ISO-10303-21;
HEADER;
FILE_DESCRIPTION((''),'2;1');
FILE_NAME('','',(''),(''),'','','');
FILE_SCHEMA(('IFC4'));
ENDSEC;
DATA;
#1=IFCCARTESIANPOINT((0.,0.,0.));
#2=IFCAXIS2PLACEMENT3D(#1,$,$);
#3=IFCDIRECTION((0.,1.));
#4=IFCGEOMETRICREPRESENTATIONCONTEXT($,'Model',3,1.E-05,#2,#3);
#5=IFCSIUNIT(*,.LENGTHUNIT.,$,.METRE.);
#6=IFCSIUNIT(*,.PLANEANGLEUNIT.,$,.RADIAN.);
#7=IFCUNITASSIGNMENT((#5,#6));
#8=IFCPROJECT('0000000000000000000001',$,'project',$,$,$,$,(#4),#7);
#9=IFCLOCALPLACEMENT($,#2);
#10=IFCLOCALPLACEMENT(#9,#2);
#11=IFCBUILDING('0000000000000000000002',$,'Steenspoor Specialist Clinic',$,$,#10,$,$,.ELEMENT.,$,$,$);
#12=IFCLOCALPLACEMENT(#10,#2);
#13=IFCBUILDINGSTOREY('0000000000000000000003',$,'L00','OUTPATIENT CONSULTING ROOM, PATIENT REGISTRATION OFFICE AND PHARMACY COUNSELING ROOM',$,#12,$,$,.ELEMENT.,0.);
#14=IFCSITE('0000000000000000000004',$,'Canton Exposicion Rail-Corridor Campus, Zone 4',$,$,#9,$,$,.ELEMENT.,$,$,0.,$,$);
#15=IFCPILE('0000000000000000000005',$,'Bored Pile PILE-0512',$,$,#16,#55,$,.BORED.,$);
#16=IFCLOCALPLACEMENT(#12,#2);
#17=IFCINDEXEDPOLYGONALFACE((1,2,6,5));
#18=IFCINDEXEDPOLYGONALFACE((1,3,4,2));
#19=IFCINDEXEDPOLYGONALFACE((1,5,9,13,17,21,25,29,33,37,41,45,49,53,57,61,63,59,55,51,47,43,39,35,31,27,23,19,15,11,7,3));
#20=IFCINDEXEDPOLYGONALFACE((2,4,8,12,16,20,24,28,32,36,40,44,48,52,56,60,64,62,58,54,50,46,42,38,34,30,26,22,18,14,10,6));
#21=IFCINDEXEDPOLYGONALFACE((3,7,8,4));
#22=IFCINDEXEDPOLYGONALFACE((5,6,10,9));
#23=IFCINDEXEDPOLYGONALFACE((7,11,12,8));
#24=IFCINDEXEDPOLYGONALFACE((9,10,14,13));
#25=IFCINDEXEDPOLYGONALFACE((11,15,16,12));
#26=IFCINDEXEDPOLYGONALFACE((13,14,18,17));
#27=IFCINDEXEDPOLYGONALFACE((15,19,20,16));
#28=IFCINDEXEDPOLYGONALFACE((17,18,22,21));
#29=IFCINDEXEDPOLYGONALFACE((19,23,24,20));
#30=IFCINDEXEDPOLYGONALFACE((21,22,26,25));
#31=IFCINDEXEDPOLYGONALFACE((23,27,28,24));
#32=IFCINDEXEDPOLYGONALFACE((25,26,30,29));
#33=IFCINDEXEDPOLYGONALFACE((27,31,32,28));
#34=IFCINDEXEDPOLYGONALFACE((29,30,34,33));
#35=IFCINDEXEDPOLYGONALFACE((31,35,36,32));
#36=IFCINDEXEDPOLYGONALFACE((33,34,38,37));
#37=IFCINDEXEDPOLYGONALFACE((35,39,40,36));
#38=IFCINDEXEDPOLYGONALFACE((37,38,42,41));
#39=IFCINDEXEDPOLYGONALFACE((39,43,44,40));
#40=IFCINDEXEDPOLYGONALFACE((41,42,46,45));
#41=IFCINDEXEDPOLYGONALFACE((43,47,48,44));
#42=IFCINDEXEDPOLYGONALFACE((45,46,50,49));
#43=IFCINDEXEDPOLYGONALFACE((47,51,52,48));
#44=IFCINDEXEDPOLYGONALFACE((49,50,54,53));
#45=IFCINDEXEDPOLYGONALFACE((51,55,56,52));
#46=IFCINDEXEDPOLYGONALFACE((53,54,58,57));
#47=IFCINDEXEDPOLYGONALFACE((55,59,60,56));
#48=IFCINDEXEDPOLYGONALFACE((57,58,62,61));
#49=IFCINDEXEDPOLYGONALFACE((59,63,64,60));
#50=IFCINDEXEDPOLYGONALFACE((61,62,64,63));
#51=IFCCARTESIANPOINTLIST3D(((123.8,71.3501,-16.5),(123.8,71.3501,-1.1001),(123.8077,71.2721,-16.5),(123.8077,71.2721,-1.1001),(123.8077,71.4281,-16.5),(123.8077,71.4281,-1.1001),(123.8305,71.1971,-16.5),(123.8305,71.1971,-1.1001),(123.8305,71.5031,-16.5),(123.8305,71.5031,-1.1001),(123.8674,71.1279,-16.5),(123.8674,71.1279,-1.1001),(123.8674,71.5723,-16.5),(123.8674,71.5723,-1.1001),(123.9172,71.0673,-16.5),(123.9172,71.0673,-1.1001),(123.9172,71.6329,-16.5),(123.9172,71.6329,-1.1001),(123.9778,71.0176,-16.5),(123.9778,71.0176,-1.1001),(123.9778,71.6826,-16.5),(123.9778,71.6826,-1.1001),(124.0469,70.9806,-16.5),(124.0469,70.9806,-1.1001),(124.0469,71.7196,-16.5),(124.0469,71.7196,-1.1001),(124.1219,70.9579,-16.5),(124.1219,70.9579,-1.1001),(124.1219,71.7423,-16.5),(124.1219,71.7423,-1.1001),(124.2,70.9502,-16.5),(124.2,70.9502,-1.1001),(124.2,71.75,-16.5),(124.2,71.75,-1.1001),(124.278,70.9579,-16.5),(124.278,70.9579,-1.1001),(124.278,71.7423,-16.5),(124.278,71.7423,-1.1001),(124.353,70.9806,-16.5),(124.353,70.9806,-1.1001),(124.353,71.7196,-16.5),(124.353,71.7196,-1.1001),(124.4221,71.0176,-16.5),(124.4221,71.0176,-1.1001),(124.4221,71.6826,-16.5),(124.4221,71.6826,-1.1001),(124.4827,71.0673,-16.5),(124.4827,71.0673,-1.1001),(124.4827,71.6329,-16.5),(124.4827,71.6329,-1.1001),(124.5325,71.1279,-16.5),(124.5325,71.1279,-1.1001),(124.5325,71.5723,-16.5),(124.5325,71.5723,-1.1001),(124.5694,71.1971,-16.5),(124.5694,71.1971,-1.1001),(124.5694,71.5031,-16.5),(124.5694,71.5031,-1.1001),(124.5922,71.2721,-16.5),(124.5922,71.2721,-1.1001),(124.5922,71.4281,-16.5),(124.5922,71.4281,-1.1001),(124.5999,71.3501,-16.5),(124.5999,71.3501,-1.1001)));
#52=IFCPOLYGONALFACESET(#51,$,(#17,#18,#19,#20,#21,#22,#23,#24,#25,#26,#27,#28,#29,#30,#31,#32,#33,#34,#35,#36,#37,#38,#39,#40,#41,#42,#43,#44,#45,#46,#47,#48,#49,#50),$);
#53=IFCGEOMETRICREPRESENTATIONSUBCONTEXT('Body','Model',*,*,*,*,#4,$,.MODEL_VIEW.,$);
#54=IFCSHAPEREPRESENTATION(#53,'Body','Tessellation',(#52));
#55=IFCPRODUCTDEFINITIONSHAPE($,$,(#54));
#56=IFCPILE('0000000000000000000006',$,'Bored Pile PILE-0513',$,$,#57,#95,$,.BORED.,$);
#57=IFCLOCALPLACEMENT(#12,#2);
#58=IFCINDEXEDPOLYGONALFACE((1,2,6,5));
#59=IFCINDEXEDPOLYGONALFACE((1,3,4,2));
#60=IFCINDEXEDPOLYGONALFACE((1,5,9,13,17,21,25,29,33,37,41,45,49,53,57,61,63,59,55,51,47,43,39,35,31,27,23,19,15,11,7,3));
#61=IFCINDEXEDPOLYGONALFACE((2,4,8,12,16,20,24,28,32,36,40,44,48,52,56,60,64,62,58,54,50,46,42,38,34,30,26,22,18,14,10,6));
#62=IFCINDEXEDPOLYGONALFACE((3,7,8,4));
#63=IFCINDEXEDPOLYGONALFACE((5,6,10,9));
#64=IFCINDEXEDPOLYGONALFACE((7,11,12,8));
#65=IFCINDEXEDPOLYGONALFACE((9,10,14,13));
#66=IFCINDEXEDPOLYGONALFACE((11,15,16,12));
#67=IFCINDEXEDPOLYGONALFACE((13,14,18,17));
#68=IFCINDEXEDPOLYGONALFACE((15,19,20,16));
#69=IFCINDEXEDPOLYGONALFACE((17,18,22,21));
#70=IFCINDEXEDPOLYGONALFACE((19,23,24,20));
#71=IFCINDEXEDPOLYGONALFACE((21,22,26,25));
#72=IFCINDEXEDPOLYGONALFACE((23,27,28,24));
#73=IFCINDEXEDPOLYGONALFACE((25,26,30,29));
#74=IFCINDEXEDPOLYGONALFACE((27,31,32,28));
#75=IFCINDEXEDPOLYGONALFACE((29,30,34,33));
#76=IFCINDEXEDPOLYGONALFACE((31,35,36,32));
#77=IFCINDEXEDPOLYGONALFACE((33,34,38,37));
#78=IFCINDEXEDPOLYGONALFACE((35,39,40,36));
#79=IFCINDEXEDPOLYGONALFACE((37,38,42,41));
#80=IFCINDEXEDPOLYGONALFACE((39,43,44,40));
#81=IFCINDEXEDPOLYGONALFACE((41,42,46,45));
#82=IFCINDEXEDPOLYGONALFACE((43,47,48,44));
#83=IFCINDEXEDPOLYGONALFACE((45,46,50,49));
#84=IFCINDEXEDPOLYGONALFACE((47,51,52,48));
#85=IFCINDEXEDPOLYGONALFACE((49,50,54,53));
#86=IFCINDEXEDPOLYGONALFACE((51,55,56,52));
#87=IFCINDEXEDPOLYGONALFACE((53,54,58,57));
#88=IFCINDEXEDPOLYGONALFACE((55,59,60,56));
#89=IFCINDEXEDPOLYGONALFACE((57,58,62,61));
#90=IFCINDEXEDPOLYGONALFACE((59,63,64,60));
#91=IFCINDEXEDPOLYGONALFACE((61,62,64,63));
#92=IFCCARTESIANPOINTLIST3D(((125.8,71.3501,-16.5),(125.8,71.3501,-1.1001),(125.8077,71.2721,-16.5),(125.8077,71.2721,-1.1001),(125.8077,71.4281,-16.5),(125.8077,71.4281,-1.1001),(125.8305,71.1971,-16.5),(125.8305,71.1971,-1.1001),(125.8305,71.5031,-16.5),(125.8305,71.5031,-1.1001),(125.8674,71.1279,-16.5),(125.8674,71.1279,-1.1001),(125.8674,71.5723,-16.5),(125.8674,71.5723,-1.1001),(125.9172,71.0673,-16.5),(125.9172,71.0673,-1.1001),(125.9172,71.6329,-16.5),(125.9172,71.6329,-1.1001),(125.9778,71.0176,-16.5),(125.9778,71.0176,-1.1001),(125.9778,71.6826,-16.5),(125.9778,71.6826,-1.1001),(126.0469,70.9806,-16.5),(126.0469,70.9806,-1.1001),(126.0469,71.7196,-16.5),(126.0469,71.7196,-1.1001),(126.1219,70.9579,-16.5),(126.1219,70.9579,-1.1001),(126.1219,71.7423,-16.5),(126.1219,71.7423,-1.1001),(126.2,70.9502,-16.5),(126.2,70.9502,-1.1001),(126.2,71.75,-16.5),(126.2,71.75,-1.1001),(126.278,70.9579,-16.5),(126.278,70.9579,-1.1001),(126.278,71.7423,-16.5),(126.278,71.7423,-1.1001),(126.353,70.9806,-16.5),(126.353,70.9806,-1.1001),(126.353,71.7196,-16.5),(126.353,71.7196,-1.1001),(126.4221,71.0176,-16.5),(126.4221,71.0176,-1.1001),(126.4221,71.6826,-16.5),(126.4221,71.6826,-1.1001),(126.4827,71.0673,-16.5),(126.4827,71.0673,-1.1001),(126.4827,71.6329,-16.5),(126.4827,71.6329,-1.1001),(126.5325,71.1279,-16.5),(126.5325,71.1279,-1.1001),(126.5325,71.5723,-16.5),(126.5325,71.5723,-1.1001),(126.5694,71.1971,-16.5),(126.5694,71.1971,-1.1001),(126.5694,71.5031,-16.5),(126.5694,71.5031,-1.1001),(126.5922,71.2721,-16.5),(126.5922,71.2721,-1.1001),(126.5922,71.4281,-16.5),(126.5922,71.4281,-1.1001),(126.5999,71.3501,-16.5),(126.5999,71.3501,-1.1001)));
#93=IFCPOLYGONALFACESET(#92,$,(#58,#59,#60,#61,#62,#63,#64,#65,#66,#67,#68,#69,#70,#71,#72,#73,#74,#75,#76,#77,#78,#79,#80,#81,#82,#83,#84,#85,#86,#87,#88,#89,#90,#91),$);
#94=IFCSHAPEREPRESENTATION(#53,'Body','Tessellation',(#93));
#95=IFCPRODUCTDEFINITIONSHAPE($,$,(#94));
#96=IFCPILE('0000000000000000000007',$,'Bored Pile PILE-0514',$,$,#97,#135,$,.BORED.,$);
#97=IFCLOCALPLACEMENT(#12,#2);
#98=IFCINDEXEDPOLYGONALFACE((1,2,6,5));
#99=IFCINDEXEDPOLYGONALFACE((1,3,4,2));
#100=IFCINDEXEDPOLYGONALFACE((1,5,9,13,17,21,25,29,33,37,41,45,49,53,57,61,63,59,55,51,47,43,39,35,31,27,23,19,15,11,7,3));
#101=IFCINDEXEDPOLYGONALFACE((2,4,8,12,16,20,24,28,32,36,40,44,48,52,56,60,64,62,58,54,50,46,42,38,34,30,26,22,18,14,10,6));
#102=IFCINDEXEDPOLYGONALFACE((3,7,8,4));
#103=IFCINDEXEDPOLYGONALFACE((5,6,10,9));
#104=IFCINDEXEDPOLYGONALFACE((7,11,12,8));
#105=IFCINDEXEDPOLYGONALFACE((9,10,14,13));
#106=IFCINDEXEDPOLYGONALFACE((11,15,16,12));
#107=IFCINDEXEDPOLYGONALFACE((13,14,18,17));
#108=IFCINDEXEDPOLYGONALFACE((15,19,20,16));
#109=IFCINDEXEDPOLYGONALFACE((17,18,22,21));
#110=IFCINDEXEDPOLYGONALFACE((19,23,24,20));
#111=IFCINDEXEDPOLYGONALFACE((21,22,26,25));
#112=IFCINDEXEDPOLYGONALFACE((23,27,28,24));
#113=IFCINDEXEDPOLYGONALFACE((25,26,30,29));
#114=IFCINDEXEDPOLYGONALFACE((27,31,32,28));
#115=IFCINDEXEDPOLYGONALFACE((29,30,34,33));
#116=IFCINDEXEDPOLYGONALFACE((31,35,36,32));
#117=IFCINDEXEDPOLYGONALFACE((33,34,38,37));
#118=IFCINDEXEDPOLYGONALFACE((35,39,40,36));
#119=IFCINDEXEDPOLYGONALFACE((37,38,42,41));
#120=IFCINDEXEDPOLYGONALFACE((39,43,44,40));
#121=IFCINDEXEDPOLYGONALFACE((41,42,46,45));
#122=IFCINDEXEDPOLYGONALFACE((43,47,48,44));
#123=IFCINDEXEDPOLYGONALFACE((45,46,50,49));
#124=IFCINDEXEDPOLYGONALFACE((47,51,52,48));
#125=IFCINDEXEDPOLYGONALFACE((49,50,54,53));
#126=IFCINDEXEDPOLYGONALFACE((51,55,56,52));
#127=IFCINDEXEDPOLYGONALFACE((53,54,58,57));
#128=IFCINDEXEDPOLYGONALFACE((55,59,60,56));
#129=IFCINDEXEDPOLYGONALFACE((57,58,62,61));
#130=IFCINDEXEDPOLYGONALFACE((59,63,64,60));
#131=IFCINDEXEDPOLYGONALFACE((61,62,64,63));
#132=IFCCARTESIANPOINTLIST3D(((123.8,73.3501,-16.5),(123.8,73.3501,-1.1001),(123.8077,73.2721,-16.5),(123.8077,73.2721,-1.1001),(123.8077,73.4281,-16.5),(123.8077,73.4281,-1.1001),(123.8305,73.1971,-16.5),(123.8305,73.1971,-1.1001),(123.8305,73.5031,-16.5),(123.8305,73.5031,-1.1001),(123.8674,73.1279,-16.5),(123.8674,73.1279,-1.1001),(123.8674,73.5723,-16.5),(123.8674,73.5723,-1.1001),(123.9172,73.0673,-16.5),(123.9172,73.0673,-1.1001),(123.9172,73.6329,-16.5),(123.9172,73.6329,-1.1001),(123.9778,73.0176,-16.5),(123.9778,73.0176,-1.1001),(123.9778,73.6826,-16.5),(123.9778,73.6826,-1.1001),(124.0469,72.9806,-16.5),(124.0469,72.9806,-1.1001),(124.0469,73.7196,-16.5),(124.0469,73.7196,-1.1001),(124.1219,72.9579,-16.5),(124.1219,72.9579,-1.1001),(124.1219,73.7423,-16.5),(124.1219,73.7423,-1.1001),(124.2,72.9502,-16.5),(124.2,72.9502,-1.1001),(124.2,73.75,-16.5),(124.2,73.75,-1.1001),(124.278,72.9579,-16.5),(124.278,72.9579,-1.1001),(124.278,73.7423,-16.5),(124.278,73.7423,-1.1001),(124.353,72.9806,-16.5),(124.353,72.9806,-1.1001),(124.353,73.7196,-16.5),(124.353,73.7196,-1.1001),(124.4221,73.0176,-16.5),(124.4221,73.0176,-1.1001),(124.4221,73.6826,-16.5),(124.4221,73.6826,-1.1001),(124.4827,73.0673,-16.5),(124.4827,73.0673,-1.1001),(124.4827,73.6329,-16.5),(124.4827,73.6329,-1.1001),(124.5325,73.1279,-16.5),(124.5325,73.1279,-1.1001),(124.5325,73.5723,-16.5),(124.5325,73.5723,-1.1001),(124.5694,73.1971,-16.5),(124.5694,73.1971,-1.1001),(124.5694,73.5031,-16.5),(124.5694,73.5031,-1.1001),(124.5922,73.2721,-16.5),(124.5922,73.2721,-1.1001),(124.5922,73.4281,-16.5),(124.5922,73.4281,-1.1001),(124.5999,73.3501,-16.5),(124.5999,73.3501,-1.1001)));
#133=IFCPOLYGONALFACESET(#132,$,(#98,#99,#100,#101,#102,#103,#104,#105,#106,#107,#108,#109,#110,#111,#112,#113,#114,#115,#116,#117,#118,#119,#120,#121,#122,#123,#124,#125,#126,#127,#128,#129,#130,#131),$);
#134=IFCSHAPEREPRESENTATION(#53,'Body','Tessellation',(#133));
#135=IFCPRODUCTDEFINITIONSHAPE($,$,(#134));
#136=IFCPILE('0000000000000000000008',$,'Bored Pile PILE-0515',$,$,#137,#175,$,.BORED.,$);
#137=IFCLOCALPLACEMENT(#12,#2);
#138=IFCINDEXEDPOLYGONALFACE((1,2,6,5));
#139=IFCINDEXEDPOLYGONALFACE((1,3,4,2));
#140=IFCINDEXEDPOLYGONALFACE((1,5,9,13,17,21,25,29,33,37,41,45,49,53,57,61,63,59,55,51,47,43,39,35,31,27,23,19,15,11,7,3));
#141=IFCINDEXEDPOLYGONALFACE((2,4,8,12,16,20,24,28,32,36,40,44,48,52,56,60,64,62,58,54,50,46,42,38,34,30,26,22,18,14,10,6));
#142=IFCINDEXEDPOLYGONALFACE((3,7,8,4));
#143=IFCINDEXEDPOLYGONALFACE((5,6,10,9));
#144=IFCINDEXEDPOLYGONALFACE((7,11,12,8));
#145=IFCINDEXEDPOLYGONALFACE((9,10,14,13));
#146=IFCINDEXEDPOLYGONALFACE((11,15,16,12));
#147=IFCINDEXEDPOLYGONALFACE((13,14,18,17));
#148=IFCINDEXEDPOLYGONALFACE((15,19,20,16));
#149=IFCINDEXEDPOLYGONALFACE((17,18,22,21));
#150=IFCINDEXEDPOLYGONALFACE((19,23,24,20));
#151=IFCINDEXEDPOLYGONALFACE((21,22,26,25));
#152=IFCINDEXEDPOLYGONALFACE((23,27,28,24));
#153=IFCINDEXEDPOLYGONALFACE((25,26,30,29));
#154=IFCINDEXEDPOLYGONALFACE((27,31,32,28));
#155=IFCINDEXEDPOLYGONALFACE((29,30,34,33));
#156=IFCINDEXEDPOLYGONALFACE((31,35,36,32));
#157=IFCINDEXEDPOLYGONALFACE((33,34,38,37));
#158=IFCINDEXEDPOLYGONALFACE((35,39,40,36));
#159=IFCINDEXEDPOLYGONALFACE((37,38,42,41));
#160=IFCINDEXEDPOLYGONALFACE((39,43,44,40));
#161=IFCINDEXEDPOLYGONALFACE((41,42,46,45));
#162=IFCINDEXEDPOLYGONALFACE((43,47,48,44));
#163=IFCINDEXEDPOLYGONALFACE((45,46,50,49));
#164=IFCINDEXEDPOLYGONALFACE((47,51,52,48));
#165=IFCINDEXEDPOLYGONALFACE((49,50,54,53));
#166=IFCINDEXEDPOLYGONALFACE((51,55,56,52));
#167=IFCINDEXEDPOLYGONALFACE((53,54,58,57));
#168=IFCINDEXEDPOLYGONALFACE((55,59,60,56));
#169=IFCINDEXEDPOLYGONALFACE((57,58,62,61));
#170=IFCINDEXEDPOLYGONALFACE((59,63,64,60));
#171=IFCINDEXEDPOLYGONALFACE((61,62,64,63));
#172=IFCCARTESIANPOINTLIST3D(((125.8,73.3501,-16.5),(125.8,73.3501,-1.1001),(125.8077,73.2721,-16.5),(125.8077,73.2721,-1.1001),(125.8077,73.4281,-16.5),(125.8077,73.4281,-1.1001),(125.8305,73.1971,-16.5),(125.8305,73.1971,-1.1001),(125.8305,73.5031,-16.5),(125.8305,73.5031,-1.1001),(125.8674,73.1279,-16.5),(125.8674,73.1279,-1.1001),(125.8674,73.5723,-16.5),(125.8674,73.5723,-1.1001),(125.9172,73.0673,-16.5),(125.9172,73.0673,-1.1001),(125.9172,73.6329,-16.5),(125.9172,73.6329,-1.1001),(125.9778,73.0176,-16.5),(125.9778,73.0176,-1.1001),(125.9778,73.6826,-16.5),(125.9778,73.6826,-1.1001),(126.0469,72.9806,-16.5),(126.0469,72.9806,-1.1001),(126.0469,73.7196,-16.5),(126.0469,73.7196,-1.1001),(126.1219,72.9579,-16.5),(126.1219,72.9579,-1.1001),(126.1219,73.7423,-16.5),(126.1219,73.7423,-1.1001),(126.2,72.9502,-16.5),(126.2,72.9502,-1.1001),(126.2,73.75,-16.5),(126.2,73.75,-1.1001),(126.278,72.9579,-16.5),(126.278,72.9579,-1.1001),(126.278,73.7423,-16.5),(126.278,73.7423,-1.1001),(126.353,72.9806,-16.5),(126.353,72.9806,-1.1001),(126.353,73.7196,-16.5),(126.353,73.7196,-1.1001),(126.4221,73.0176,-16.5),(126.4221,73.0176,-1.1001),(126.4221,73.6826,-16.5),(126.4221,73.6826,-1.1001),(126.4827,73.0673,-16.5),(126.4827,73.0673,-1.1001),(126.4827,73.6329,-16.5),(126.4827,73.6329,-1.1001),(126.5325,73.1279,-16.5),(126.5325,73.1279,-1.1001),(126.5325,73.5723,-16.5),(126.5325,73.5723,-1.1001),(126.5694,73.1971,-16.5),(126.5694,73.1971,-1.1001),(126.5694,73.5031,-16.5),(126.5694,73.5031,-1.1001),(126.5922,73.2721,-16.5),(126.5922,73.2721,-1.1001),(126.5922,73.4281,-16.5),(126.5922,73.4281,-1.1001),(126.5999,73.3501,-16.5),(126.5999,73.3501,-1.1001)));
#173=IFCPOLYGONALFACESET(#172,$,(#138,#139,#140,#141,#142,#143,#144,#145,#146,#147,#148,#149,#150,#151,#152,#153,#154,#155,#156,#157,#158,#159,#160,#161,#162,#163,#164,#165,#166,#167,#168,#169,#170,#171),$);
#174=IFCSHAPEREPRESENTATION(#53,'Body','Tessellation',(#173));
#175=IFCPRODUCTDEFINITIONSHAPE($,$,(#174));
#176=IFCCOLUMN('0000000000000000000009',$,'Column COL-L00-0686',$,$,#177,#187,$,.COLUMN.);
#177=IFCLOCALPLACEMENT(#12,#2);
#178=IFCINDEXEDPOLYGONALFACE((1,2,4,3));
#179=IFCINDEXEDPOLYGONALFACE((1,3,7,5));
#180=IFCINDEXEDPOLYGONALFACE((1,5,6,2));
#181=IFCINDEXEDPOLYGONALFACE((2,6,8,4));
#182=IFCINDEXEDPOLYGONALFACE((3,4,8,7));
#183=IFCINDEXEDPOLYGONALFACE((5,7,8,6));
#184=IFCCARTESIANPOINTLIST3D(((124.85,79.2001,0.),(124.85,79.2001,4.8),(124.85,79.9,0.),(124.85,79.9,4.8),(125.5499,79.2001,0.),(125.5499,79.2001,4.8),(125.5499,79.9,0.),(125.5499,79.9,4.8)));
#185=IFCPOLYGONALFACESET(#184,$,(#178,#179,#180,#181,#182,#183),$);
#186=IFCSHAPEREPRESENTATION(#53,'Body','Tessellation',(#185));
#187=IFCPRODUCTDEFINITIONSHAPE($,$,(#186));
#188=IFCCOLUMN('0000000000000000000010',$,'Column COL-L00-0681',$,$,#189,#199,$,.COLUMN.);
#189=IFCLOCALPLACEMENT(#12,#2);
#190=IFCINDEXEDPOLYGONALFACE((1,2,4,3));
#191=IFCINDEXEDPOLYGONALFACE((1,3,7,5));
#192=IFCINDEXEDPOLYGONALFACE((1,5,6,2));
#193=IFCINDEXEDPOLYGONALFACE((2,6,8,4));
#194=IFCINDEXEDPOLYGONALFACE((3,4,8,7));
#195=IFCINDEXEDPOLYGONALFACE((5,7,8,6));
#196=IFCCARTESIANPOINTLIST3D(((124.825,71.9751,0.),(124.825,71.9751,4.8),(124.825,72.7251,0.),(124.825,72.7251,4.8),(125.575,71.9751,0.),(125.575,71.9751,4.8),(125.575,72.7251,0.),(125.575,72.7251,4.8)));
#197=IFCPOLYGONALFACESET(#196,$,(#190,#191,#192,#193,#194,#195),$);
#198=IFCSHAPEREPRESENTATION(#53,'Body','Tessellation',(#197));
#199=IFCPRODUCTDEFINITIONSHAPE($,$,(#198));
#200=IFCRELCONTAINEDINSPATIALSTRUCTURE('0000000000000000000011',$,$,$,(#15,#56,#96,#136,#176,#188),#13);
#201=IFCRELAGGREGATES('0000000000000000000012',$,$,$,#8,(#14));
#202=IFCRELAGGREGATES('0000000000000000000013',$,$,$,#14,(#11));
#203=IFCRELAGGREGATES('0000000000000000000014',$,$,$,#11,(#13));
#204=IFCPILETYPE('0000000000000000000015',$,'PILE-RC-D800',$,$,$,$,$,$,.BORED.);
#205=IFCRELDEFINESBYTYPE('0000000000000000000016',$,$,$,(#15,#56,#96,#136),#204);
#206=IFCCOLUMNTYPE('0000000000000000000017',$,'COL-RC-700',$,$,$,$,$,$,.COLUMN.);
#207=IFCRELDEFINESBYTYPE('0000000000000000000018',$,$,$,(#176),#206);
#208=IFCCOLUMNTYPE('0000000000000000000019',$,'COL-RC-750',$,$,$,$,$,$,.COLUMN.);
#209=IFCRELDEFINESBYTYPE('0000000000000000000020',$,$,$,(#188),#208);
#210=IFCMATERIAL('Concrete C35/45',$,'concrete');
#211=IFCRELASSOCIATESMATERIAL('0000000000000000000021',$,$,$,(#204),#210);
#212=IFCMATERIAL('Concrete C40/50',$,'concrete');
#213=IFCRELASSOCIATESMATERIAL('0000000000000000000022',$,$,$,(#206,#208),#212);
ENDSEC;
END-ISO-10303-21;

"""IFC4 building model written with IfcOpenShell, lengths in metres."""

from ifc_helpers import new_model, si_unit, direction, frame, origin, origin_2d, place, context, subcontext, project, spatial, rectangle, circle, extrude, material, material_profile, profile_set, type_object, element, save


model = new_model("IFC4")

# Units and contexts
model_context = context("Model", 3, precision=1e-05, world=origin(), true_north=direction((0.0, 1.0)))
body_context = subcontext(model_context, "Body", "Model", "MODEL_VIEW")
ifc_project = project(units=[si_unit("LENGTHUNIT", "METRE"), si_unit("PLANEANGLEUNIT", "RADIAN")], contexts=[model_context])

# Site, building, storey
site_placement = place(None, origin())
site = spatial("IfcSite", under=ifc_project, at=site_placement, Name="Canton Exposicion Rail-Corridor Campus, Zone 4", CompositionType="ELEMENT", RefElevation=0.0)
building_placement = place(site_placement, origin())
building = spatial("IfcBuilding", under=site, at=building_placement, Name="Steenspoor Specialist Clinic", CompositionType="ELEMENT")
storey_placement = place(building_placement, origin())
storey = spatial("IfcBuildingStorey", under=building, at=storey_placement, Name="L00", Description="OUTPATIENT CONSULTING ROOM, PATIENT REGISTRATION OFFICE AND PHARMACY COUNSELING ROOM", CompositionType="ELEMENT", Elevation=0.0)

# Shared definitions
ifc_material_1 = material(Name="Concrete C35/45", Category="concrete")

# Piles
ifc_material_profile_1 = material_profile(ifc_material_1, circle(Radius=0.3999, at=origin_2d()), Name="PILE-D800")
ifc_profile_set_1 = profile_set([ifc_material_profile_1], Name="Concrete C35/45")
pile_type_1 = type_object("IfcPileType", Name="PILE-RC-D800", PredefinedType="BORED", material=ifc_profile_set_1)
for number, where, z_axis, x_axis, name in (
    (1, (124.2, 71.3501, -1.1001), (0.0, 0.0, -1.0), (1.0, 0.0, 0.0), "Bored Pile PILE-0512"),
    (2, (126.2, 71.3501, -1.1001), (0.0, 0.0, -1.0), (1.0, 0.0, 0.0), "Bored Pile PILE-0513"),
    (3, (124.2, 73.3501, -1.1001), (0.0, 0.0, -1.0), (1.0, 0.0, 0.0), "Bored Pile PILE-0514"),
    (4, (126.2, 73.3501, -1.1001), (0.0, 0.0, -1.0), (1.0, 0.0, 0.0), "Bored Pile PILE-0515"),
):
    element("IfcPile", number, at=place(storey_placement, frame(where, z_axis=z_axis, x_axis=x_axis)), inside=storey, type_object=pile_type_1, Name=name, PredefinedType="BORED", context=body_context, shape_type="SweptSolid", body=[
        extrude(circle(Radius=0.3999, at=origin_2d()), origin(), (0.0, 0.0, 1.0), 15.3999),
    ])

# Columns
ifc_material_2 = material(Name="Concrete C40/50", Category="concrete")
ifc_material_profile_2 = material_profile(ifc_material_2, rectangle(XDim=0.7, YDim=0.7, at=origin_2d()), Name="RC-COL-700X700")
ifc_profile_set_2 = profile_set([ifc_material_profile_2], Name="Concrete C40/50")
column_type_1 = type_object("IfcColumnType", Name="COL-RC-700", PredefinedType="COLUMN", material=ifc_profile_set_2)
column_1_placement = place(storey_placement, frame((125.2, 79.55, 0.0), z_axis=(0.0, 0.0, 1.0), x_axis=(1.0, 0.0, 0.0)))
element("IfcColumn", 5, at=column_1_placement, inside=storey, type_object=column_type_1, Name="Column COL-L00-0686", PredefinedType="COLUMN", context=body_context, shape_type="SweptSolid", body=[
    extrude(rectangle(XDim=0.7, YDim=0.7, at=origin_2d()), origin(), (0.0, 0.0, 1.0), 4.8),
])
ifc_material_profile_3 = material_profile(ifc_material_2, rectangle(XDim=0.75, YDim=0.75, at=origin_2d()), Name="RC-COL-750X750")
ifc_profile_set_3 = profile_set([ifc_material_profile_3], Name="Concrete C40/50")
column_type_2 = type_object("IfcColumnType", Name="COL-RC-750", PredefinedType="COLUMN", material=ifc_profile_set_3)
column_2_placement = place(storey_placement, frame((125.2, 72.3501, 0.0), z_axis=(0.0, 0.0, 1.0), x_axis=(1.0, 0.0, 0.0)))
element("IfcColumn", 6, at=column_2_placement, inside=storey, type_object=column_type_2, Name="Column COL-L00-0681", PredefinedType="COLUMN", context=body_context, shape_type="SweptSolid", body=[
    extrude(rectangle(XDim=0.75, YDim=0.75, at=origin_2d()), origin(), (0.0, 0.0, 1.0), 4.8),
])

save(model, "model.ifc")
